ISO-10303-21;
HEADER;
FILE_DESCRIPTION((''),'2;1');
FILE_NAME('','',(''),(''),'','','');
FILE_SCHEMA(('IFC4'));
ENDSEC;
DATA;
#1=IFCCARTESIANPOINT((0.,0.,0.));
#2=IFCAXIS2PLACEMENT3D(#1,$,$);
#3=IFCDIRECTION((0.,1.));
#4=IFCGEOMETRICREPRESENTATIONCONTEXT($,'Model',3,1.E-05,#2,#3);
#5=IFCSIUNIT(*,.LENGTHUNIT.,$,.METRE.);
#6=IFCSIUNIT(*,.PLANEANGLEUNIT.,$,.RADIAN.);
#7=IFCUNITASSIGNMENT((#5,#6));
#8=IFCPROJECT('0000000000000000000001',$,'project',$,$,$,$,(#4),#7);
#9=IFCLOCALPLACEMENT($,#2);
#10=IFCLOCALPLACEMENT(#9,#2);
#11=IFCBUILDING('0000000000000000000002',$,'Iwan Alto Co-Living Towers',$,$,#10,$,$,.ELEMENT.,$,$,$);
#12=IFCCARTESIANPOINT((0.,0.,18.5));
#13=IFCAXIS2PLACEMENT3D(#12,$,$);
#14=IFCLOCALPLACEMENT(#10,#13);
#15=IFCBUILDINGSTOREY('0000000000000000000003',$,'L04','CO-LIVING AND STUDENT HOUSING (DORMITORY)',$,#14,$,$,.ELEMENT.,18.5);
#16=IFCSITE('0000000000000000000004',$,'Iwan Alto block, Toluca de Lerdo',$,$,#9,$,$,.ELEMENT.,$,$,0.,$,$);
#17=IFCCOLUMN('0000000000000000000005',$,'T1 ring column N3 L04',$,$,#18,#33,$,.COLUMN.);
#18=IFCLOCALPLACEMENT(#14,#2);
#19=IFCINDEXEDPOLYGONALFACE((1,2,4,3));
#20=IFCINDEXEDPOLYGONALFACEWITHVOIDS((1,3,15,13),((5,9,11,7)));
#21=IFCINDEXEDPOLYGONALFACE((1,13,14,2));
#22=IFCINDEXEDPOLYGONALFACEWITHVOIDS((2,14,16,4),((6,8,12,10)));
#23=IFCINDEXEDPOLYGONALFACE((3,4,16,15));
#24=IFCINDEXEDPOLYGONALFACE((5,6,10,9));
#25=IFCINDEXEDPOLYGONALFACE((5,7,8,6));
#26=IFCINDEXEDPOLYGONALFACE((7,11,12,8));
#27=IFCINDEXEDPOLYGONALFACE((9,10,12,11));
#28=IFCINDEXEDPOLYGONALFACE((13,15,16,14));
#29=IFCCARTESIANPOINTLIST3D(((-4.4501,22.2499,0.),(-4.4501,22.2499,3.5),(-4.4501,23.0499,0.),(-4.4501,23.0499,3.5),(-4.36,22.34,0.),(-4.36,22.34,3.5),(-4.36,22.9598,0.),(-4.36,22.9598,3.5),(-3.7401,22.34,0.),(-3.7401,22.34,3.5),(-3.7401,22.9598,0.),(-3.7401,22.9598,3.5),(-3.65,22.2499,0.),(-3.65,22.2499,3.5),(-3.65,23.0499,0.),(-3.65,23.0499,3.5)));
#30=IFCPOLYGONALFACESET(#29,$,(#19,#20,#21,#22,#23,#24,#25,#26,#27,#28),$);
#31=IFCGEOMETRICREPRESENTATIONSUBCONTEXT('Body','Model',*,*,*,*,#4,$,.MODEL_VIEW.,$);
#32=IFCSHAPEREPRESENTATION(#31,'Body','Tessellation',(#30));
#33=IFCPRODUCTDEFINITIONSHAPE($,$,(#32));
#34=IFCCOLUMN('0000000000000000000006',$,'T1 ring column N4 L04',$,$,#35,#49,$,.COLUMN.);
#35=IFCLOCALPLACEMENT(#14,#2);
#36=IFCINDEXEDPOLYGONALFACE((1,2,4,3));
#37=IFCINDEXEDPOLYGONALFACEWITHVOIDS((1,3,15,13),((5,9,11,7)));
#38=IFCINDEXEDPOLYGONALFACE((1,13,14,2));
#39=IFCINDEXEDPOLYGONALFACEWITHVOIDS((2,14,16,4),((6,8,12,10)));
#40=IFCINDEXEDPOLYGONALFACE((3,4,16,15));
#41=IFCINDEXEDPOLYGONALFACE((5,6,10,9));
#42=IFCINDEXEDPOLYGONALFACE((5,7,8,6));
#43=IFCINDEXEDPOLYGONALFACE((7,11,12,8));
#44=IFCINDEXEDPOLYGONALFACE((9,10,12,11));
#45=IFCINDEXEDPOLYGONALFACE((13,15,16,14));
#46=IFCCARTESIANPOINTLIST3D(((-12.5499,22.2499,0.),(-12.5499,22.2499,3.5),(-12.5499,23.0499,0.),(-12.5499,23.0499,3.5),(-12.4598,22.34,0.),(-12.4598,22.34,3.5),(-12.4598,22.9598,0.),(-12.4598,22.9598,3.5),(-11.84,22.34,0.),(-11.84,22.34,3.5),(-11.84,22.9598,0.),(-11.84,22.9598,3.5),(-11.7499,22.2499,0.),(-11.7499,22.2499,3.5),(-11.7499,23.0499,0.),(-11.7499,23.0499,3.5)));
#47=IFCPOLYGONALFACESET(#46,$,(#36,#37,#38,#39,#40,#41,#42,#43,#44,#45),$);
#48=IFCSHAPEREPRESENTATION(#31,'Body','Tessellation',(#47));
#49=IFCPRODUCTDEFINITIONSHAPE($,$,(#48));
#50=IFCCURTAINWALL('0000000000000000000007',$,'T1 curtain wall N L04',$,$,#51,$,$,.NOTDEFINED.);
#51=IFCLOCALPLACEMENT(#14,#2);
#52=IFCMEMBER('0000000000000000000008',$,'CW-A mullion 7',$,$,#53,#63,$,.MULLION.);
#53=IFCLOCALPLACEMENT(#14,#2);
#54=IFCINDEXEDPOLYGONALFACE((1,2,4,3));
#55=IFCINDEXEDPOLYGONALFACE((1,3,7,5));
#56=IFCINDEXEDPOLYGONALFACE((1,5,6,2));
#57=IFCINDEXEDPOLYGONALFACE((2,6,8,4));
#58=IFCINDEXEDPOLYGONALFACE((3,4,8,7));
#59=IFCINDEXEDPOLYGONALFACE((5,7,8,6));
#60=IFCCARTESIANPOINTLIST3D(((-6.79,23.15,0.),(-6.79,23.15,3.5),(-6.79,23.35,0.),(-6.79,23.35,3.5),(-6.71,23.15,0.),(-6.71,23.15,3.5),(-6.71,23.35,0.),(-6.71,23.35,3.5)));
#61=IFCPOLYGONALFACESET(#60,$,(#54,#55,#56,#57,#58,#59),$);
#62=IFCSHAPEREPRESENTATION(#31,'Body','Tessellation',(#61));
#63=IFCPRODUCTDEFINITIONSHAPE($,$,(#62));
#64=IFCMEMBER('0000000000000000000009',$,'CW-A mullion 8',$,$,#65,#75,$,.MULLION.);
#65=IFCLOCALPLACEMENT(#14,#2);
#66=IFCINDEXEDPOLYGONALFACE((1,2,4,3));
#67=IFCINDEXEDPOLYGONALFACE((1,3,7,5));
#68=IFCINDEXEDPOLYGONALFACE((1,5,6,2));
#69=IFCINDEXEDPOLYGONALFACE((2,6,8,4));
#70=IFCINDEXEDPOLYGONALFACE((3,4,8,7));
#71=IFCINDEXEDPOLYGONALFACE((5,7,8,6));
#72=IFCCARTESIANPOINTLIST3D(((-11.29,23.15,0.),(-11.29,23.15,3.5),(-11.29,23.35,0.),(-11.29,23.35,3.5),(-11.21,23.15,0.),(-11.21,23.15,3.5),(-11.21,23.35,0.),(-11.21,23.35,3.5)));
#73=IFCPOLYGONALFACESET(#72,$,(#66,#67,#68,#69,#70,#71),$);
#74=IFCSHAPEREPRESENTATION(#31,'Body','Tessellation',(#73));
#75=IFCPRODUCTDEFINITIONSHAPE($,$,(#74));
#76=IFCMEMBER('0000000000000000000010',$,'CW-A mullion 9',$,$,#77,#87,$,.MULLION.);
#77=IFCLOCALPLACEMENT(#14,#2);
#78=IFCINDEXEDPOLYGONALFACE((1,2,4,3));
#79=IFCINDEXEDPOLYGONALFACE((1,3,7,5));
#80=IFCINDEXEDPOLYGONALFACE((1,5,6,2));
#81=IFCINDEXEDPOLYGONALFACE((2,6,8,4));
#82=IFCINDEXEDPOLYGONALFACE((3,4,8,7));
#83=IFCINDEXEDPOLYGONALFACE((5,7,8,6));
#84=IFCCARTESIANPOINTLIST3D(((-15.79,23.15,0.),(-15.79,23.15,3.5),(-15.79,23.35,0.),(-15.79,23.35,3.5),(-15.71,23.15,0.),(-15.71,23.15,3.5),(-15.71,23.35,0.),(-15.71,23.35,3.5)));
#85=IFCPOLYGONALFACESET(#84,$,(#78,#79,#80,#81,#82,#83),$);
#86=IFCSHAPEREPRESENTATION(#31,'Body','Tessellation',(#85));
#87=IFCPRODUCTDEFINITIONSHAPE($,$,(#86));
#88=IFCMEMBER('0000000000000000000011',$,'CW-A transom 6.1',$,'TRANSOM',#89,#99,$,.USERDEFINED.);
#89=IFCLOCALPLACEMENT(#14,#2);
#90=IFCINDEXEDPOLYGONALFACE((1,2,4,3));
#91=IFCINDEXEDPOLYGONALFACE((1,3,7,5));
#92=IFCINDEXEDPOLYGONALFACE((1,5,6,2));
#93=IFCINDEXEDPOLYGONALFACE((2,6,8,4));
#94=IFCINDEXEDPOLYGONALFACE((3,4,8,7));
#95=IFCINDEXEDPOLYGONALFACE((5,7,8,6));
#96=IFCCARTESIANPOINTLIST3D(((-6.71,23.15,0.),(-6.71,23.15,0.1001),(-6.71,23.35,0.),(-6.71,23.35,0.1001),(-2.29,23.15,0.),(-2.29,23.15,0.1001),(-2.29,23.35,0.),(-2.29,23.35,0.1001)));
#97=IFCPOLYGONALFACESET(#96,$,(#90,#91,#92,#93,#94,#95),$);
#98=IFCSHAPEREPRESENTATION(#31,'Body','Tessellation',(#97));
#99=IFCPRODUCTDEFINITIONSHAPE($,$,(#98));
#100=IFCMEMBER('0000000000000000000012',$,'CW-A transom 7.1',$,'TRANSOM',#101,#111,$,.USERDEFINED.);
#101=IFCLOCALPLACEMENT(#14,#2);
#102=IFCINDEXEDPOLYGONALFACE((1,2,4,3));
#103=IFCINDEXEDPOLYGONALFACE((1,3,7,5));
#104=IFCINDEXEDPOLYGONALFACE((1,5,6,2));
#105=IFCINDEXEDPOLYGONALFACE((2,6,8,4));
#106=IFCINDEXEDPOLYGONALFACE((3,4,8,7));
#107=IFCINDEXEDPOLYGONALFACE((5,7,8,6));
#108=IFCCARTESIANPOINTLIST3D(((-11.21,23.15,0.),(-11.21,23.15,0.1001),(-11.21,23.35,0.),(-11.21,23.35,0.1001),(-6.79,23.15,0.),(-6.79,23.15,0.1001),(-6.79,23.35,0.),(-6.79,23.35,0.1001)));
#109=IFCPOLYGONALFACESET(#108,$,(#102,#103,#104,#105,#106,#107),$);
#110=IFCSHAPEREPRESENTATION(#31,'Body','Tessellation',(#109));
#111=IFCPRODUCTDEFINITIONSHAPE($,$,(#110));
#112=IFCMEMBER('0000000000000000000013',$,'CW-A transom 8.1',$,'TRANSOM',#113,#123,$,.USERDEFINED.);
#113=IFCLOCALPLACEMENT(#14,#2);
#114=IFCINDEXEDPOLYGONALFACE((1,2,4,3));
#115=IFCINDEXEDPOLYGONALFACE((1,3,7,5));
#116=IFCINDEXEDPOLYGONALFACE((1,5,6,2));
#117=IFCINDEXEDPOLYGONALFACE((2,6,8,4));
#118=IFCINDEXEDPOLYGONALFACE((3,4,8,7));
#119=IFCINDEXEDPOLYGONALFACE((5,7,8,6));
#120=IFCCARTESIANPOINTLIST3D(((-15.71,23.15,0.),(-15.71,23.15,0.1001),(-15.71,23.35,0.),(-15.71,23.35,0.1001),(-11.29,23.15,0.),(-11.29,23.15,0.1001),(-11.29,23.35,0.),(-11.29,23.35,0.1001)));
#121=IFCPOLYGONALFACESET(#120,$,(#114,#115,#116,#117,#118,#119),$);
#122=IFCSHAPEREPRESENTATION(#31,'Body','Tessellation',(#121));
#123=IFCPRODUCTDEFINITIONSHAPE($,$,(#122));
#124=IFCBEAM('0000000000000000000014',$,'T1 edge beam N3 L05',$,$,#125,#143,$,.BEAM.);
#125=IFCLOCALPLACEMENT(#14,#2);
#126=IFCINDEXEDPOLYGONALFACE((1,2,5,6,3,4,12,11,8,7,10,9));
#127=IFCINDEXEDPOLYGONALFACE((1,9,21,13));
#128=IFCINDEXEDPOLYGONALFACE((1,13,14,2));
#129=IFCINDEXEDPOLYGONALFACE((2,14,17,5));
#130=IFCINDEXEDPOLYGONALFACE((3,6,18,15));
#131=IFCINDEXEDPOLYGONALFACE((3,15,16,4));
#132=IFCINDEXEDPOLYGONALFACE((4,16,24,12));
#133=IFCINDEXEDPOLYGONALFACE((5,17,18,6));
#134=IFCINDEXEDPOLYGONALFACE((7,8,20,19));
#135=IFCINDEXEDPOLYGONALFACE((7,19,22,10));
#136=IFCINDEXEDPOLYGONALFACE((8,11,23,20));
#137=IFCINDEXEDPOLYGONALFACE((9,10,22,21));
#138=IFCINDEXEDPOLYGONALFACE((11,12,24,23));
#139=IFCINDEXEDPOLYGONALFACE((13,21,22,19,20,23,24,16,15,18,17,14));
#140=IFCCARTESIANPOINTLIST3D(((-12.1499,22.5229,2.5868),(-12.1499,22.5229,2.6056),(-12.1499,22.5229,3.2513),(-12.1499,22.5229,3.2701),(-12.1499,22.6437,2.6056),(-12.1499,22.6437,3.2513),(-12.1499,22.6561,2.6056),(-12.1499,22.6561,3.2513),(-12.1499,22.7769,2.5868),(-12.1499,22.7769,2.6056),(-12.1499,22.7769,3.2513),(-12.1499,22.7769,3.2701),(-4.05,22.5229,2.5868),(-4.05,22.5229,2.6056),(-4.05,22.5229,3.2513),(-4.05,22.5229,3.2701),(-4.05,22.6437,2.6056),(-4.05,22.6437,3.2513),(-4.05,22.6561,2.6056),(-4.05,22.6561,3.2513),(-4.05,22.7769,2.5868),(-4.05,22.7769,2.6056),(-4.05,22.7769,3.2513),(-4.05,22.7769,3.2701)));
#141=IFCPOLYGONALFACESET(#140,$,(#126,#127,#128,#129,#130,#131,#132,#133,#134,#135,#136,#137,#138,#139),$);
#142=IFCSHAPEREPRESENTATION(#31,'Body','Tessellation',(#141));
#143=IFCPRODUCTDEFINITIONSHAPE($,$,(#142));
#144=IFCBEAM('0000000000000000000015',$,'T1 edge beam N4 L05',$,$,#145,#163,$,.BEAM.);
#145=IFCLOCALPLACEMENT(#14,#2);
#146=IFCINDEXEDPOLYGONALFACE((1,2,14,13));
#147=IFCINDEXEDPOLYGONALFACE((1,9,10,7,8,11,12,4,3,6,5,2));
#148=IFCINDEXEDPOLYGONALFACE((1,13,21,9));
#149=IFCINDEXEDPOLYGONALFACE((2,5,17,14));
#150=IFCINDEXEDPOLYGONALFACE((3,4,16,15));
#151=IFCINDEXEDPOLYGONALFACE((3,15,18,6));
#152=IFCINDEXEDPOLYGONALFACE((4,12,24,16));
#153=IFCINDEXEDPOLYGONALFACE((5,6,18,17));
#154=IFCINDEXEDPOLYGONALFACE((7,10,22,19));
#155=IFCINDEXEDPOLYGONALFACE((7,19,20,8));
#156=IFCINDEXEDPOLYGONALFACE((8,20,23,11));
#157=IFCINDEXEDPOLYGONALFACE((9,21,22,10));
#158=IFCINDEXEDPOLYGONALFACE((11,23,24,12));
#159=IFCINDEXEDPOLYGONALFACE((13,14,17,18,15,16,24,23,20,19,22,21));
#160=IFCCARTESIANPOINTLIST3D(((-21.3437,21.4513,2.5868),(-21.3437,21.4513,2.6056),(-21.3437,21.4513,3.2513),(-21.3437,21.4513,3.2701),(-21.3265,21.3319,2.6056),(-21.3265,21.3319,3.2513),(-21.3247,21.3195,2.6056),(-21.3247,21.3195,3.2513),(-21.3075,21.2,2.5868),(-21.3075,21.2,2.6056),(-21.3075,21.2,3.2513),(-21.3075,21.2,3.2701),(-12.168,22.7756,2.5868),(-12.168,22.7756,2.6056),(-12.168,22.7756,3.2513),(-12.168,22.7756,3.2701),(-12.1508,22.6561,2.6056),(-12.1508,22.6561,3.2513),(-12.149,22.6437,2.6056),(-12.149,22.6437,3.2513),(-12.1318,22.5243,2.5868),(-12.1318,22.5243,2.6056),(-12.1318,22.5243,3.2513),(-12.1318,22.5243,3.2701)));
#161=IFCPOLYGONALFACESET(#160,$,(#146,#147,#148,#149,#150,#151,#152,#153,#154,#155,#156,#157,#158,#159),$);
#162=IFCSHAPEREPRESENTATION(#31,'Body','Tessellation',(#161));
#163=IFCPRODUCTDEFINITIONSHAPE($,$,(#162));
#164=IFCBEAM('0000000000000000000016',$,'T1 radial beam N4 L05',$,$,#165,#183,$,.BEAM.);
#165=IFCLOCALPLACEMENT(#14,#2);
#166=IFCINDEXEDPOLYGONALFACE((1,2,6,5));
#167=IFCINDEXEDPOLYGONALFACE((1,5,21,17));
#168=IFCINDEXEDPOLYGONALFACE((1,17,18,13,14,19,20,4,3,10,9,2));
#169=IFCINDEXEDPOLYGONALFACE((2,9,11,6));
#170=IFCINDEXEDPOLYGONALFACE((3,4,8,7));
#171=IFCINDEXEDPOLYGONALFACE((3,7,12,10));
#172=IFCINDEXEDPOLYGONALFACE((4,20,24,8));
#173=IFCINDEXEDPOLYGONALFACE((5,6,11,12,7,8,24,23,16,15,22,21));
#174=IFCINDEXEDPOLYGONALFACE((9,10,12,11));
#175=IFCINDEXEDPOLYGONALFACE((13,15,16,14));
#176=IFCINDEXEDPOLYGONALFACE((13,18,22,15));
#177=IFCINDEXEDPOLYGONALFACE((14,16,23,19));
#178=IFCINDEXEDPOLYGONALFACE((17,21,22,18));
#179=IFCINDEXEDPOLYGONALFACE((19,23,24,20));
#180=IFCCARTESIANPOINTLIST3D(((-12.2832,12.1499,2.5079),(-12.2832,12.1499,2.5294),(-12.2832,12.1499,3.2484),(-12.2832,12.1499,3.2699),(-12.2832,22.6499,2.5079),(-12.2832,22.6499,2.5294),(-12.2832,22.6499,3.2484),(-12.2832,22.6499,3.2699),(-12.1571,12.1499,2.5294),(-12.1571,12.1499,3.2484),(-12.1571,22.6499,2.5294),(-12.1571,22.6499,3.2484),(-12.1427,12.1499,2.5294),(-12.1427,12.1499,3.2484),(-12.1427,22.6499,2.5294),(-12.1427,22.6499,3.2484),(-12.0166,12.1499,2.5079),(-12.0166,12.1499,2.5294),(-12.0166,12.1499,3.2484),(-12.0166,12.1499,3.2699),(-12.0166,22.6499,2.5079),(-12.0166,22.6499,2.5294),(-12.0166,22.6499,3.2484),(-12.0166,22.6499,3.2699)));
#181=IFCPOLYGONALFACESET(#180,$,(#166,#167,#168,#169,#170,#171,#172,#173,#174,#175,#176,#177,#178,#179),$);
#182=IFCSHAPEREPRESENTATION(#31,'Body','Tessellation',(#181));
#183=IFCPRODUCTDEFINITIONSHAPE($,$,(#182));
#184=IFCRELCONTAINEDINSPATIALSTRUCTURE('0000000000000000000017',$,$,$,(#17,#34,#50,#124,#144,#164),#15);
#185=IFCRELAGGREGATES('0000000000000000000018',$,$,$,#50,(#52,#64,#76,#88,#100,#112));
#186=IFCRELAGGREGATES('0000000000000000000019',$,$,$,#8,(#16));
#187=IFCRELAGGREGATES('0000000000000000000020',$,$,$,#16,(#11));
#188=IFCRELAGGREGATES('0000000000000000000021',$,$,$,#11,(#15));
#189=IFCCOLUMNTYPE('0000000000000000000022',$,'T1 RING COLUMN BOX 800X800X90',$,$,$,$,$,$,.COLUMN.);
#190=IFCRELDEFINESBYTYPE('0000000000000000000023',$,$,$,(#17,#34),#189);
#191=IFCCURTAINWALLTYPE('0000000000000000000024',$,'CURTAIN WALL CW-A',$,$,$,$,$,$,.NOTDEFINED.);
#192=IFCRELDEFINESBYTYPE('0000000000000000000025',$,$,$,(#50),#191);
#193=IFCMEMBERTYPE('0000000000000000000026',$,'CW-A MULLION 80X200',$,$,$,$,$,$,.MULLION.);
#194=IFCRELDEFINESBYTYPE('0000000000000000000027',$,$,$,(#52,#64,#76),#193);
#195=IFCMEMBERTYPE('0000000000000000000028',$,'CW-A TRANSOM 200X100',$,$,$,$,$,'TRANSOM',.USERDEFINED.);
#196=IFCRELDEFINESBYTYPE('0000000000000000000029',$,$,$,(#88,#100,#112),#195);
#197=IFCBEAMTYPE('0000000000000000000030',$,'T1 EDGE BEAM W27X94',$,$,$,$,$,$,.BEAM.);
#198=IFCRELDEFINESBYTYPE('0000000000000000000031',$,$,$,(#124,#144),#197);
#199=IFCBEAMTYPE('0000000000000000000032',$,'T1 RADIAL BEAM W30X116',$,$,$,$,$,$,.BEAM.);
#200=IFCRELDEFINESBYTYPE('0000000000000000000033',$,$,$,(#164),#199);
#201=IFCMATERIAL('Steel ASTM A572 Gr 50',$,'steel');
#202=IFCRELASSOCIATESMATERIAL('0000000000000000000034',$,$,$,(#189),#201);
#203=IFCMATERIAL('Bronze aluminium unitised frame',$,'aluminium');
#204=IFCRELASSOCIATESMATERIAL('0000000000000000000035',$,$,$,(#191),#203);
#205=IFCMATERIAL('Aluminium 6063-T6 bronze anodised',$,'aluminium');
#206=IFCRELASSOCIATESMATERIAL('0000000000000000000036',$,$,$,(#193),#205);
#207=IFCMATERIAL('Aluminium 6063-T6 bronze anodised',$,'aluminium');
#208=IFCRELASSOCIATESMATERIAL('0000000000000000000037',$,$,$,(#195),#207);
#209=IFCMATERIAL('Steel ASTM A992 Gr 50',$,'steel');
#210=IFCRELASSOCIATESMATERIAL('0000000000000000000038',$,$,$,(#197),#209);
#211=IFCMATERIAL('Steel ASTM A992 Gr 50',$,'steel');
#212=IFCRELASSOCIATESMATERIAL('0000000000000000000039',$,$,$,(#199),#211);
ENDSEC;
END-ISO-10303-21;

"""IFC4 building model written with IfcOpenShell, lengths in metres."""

from ifc_helpers import new_model, si_unit, direction, frame, origin, origin_2d, place, context, subcontext, project, spatial, rectangle, hollow_rectangle, i_section, extrude, material, material_profile, profile_set, type_object, element, aggregate, save


model = new_model("IFC4")

# Units and contexts
model_context = context("Model", 3, precision=1e-05, world=origin(), true_north=direction((0.0, 1.0)))
body_context = subcontext(model_context, "Body", "Model", "MODEL_VIEW")
ifc_project = project(units=[si_unit("LENGTHUNIT", "METRE"), si_unit("PLANEANGLEUNIT", "RADIAN")], contexts=[model_context])

# Site, building, storey
site_placement = place(None, origin())
site = spatial("IfcSite", under=ifc_project, at=site_placement, Name="Iwan Alto block, Toluca de Lerdo", CompositionType="ELEMENT", RefElevation=0.0)
building_placement = place(site_placement, origin())
building = spatial("IfcBuilding", under=site, at=building_placement, Name="Iwan Alto Co-Living Towers", CompositionType="ELEMENT")
storey_placement = place(building_placement, frame((0.0, 0.0, 18.5)))
storey = spatial("IfcBuildingStorey", under=building, at=storey_placement, Name="L04", Description="CO-LIVING AND STUDENT HOUSING (DORMITORY)", CompositionType="ELEMENT", Elevation=18.5)

# Columns
ifc_material_1 = material(Name="Steel ASTM A572 Gr 50", Category="steel")
ifc_material_profile_1 = material_profile(ifc_material_1, hollow_rectangle(XDim=0.8, YDim=0.8, WallThickness=0.0901, at=origin_2d()), Name="BOX 800X800X90")
ifc_profile_set_1 = profile_set([ifc_material_profile_1], Name="Steel ASTM A572 Gr 50")
column_type = type_object("IfcColumnType", Name="T1 RING COLUMN BOX 800X800X90", PredefinedType="COLUMN", material=ifc_profile_set_1)
for number, where, z_axis, x_axis, name in (
    (1, (-4.05, 22.6499, 0.0), (0.0, 0.0, 1.0), (1.0, 0.0, 0.0), "T1 ring column N3 L04"),
    (2, (-12.1499, 22.6499, 0.0), (0.0, 0.0, 1.0), (1.0, 0.0, 0.0), "T1 ring column N4 L04"),
):
    element("IfcColumn", number, at=place(storey_placement, frame(where, z_axis=z_axis, x_axis=x_axis)), inside=storey, type_object=column_type, Name=name, PredefinedType="COLUMN", context=body_context, shape_type="SweptSolid", body=[
        extrude(hollow_rectangle(XDim=0.8, YDim=0.8, WallThickness=0.0901, at=origin_2d()), origin(), (0.0, 0.0, 1.0), 3.5),
    ])

# Curtain wall, members
ifc_material_2 = material(Name="Bronze aluminium unitised frame", Category="aluminium")
curtain_wall_type = type_object("IfcCurtainWallType", Name="CURTAIN WALL CW-A", PredefinedType="NOTDEFINED", material=ifc_material_2)
curtain_wall_placement = place(storey_placement, origin())
curtain_wall = element("IfcCurtainWall", 3, at=curtain_wall_placement, inside=storey, type_object=curtain_wall_type, Name="T1 curtain wall N L04", PredefinedType="NOTDEFINED")
ifc_material_3 = material(Name="Aluminium 6063-T6 bronze anodised", Category="aluminium")
ifc_material_profile_2 = material_profile(ifc_material_3, rectangle(XDim=0.2, YDim=0.0801, at=origin_2d()), Name="AL 80X200")
ifc_profile_set_2 = profile_set([ifc_material_profile_2], Name="Aluminium 6063-T6 bronze anodised")
member_type_1 = type_object("IfcMemberType", Name="CW-A MULLION 80X200", PredefinedType="MULLION", material=ifc_profile_set_2)
member_1_placement = place(storey_placement, frame((-6.75, 23.25, 0.0), z_axis=(0.0, 0.0, 1.0), x_axis=(0.0, -1.0, 0.0)))
member_1 = element("IfcMember", 4, at=member_1_placement, type_object=member_type_1, Name="CW-A mullion 7", PredefinedType="MULLION", context=body_context, shape_type="SweptSolid", body=[
    extrude(rectangle(XDim=0.2, YDim=0.0801, at=origin_2d()), origin(), (0.0, 0.0, 1.0), 3.5),
])
member_2_placement = place(storey_placement, frame((-11.25, 23.25, 0.0), z_axis=(0.0, 0.0, 1.0), x_axis=(0.0, -1.0, 0.0)))
member_2 = element("IfcMember", 5, at=member_2_placement, type_object=member_type_1, Name="CW-A mullion 8", PredefinedType="MULLION", context=body_context, shape_type="SweptSolid", body=[
    extrude(rectangle(XDim=0.2, YDim=0.0801, at=origin_2d()), origin(), (0.0, 0.0, 1.0), 3.5),
])
member_3_placement = place(storey_placement, frame((-15.75, 23.25, 0.0), z_axis=(0.0, 0.0, 1.0), x_axis=(0.0, -1.0, 0.0)))
member_3 = element("IfcMember", 6, at=member_3_placement, type_object=member_type_1, Name="CW-A mullion 9", PredefinedType="MULLION", context=body_context, shape_type="SweptSolid", body=[
    extrude(rectangle(XDim=0.2, YDim=0.0801, at=origin_2d()), origin(), (0.0, 0.0, 1.0), 3.5),
])
ifc_material_4 = material(Name="Aluminium 6063-T6 bronze anodised", Category="aluminium")
ifc_material_profile_3 = material_profile(ifc_material_4, rectangle(XDim=0.2, YDim=0.1001, at=origin_2d()), Name="AL 200X100")
ifc_profile_set_3 = profile_set([ifc_material_profile_3], Name="Aluminium 6063-T6 bronze anodised")
member_type_2 = type_object("IfcMemberType", Name="CW-A TRANSOM 200X100", ElementType="TRANSOM", PredefinedType="USERDEFINED", material=ifc_profile_set_3)
member_4_placement = place(storey_placement, frame((-2.29, 23.25, 0.05), z_axis=(-1.0, 0.0, 0.0), x_axis=(0.0, -1.0, 0.0)))
member_4 = element("IfcMember", 7, at=member_4_placement, type_object=member_type_2, Name="CW-A transom 6.1", ObjectType="TRANSOM", PredefinedType="USERDEFINED", context=body_context, shape_type="SweptSolid", body=[
    extrude(rectangle(XDim=0.2, YDim=0.1001, at=origin_2d()), origin(), (0.0, 0.0, 1.0), 4.4199),
])
member_5_placement = place(storey_placement, frame((-6.79, 23.25, 0.05), z_axis=(-1.0, 0.0, 0.0), x_axis=(0.0, -1.0, 0.0)))
member_5 = element("IfcMember", 8, at=member_5_placement, type_object=member_type_2, Name="CW-A transom 7.1", ObjectType="TRANSOM", PredefinedType="USERDEFINED", context=body_context, shape_type="SweptSolid", body=[
    extrude(rectangle(XDim=0.2, YDim=0.1001, at=origin_2d()), origin(), (0.0, 0.0, 1.0), 4.4199),
])
member_6_placement = place(storey_placement, frame((-11.29, 23.25, 0.05), z_axis=(-1.0, 0.0, 0.0), x_axis=(0.0, -1.0, 0.0)))
member_6 = element("IfcMember", 9, at=member_6_placement, type_object=member_type_2, Name="CW-A transom 8.1", ObjectType="TRANSOM", PredefinedType="USERDEFINED", context=body_context, shape_type="SweptSolid", body=[
    extrude(rectangle(XDim=0.2, YDim=0.1001, at=origin_2d()), origin(), (0.0, 0.0, 1.0), 4.4199),
])

# Beams
ifc_material_5 = material(Name="Steel ASTM A992 Gr 50", Category="steel")
ifc_material_profile_4 = material_profile(ifc_material_5, i_section(OverallWidth=0.2539, OverallDepth=0.6833, WebThickness=0.0125, FlangeThickness=0.0188, at=origin_2d()), Name="W27X94")
ifc_profile_set_4 = profile_set([ifc_material_profile_4], Name="Steel ASTM A992 Gr 50")
beam_type_1 = type_object("IfcBeamType", Name="T1 EDGE BEAM W27X94", PredefinedType="BEAM", material=ifc_profile_set_4)
beam_1_placement = place(storey_placement, frame((-4.05, 22.6499, 2.9285), z_axis=(-1.0, 0.0, 0.0), x_axis=(0.0, -1.0, 0.0)))
element("IfcBeam", 10, at=beam_1_placement, inside=storey, type_object=beam_type_1, Name="T1 edge beam N3 L05", PredefinedType="BEAM", context=body_context, shape_type="SweptSolid", body=[
    extrude(i_section(OverallWidth=0.2539, OverallDepth=0.6833, WebThickness=0.0125, FlangeThickness=0.0188, at=origin_2d()), origin(), (0.0, 0.0, 1.0), 8.0999),
])
beam_2_placement = place(storey_placement, frame((-12.1499, 22.6499, 2.9285), z_axis=(-0.989746, -0.142837, 0.0), x_axis=(0.142837, -0.989746, 0.0)))
element("IfcBeam", 11, at=beam_2_placement, inside=storey, type_object=beam_type_1, Name="T1 edge beam N4 L05", PredefinedType="BEAM", context=body_context, shape_type="SweptSolid", body=[
    extrude(i_section(OverallWidth=0.2539, OverallDepth=0.6833, WebThickness=0.0125, FlangeThickness=0.0188, at=origin_2d()), origin(), (0.0, 0.0, 1.0), 9.2708),
])
ifc_material_6 = material(Name="Steel ASTM A992 Gr 50", Category="steel")
ifc_material_profile_5 = material_profile(ifc_material_6, i_section(OverallWidth=0.2666, OverallDepth=0.762, WebThickness=0.0144, FlangeThickness=0.0215, at=origin_2d()), Name="W30X116")
ifc_profile_set_5 = profile_set([ifc_material_profile_5], Name="Steel ASTM A992 Gr 50")
beam_type_2 = type_object("IfcBeamType", Name="T1 RADIAL BEAM W30X116", PredefinedType="BEAM", material=ifc_profile_set_5)
beam_3_placement = place(storey_placement, frame((-12.1499, 22.6499, 2.8889), z_axis=(0.0, -1.0, 0.0), x_axis=(1.0, 0.0, 0.0)))
element("IfcBeam", 12, at=beam_3_placement, inside=storey, type_object=beam_type_2, Name="T1 radial beam N4 L05", PredefinedType="BEAM", context=body_context, shape_type="SweptSolid", body=[
    extrude(i_section(OverallWidth=0.2666, OverallDepth=0.762, WebThickness=0.0144, FlangeThickness=0.0215, at=origin_2d()), origin(), (0.0, 0.0, 1.0), 10.5),
])

aggregate(curtain_wall, [member_1, member_2, member_3, member_4, member_5, member_6])

save(model, "model.ifc")
